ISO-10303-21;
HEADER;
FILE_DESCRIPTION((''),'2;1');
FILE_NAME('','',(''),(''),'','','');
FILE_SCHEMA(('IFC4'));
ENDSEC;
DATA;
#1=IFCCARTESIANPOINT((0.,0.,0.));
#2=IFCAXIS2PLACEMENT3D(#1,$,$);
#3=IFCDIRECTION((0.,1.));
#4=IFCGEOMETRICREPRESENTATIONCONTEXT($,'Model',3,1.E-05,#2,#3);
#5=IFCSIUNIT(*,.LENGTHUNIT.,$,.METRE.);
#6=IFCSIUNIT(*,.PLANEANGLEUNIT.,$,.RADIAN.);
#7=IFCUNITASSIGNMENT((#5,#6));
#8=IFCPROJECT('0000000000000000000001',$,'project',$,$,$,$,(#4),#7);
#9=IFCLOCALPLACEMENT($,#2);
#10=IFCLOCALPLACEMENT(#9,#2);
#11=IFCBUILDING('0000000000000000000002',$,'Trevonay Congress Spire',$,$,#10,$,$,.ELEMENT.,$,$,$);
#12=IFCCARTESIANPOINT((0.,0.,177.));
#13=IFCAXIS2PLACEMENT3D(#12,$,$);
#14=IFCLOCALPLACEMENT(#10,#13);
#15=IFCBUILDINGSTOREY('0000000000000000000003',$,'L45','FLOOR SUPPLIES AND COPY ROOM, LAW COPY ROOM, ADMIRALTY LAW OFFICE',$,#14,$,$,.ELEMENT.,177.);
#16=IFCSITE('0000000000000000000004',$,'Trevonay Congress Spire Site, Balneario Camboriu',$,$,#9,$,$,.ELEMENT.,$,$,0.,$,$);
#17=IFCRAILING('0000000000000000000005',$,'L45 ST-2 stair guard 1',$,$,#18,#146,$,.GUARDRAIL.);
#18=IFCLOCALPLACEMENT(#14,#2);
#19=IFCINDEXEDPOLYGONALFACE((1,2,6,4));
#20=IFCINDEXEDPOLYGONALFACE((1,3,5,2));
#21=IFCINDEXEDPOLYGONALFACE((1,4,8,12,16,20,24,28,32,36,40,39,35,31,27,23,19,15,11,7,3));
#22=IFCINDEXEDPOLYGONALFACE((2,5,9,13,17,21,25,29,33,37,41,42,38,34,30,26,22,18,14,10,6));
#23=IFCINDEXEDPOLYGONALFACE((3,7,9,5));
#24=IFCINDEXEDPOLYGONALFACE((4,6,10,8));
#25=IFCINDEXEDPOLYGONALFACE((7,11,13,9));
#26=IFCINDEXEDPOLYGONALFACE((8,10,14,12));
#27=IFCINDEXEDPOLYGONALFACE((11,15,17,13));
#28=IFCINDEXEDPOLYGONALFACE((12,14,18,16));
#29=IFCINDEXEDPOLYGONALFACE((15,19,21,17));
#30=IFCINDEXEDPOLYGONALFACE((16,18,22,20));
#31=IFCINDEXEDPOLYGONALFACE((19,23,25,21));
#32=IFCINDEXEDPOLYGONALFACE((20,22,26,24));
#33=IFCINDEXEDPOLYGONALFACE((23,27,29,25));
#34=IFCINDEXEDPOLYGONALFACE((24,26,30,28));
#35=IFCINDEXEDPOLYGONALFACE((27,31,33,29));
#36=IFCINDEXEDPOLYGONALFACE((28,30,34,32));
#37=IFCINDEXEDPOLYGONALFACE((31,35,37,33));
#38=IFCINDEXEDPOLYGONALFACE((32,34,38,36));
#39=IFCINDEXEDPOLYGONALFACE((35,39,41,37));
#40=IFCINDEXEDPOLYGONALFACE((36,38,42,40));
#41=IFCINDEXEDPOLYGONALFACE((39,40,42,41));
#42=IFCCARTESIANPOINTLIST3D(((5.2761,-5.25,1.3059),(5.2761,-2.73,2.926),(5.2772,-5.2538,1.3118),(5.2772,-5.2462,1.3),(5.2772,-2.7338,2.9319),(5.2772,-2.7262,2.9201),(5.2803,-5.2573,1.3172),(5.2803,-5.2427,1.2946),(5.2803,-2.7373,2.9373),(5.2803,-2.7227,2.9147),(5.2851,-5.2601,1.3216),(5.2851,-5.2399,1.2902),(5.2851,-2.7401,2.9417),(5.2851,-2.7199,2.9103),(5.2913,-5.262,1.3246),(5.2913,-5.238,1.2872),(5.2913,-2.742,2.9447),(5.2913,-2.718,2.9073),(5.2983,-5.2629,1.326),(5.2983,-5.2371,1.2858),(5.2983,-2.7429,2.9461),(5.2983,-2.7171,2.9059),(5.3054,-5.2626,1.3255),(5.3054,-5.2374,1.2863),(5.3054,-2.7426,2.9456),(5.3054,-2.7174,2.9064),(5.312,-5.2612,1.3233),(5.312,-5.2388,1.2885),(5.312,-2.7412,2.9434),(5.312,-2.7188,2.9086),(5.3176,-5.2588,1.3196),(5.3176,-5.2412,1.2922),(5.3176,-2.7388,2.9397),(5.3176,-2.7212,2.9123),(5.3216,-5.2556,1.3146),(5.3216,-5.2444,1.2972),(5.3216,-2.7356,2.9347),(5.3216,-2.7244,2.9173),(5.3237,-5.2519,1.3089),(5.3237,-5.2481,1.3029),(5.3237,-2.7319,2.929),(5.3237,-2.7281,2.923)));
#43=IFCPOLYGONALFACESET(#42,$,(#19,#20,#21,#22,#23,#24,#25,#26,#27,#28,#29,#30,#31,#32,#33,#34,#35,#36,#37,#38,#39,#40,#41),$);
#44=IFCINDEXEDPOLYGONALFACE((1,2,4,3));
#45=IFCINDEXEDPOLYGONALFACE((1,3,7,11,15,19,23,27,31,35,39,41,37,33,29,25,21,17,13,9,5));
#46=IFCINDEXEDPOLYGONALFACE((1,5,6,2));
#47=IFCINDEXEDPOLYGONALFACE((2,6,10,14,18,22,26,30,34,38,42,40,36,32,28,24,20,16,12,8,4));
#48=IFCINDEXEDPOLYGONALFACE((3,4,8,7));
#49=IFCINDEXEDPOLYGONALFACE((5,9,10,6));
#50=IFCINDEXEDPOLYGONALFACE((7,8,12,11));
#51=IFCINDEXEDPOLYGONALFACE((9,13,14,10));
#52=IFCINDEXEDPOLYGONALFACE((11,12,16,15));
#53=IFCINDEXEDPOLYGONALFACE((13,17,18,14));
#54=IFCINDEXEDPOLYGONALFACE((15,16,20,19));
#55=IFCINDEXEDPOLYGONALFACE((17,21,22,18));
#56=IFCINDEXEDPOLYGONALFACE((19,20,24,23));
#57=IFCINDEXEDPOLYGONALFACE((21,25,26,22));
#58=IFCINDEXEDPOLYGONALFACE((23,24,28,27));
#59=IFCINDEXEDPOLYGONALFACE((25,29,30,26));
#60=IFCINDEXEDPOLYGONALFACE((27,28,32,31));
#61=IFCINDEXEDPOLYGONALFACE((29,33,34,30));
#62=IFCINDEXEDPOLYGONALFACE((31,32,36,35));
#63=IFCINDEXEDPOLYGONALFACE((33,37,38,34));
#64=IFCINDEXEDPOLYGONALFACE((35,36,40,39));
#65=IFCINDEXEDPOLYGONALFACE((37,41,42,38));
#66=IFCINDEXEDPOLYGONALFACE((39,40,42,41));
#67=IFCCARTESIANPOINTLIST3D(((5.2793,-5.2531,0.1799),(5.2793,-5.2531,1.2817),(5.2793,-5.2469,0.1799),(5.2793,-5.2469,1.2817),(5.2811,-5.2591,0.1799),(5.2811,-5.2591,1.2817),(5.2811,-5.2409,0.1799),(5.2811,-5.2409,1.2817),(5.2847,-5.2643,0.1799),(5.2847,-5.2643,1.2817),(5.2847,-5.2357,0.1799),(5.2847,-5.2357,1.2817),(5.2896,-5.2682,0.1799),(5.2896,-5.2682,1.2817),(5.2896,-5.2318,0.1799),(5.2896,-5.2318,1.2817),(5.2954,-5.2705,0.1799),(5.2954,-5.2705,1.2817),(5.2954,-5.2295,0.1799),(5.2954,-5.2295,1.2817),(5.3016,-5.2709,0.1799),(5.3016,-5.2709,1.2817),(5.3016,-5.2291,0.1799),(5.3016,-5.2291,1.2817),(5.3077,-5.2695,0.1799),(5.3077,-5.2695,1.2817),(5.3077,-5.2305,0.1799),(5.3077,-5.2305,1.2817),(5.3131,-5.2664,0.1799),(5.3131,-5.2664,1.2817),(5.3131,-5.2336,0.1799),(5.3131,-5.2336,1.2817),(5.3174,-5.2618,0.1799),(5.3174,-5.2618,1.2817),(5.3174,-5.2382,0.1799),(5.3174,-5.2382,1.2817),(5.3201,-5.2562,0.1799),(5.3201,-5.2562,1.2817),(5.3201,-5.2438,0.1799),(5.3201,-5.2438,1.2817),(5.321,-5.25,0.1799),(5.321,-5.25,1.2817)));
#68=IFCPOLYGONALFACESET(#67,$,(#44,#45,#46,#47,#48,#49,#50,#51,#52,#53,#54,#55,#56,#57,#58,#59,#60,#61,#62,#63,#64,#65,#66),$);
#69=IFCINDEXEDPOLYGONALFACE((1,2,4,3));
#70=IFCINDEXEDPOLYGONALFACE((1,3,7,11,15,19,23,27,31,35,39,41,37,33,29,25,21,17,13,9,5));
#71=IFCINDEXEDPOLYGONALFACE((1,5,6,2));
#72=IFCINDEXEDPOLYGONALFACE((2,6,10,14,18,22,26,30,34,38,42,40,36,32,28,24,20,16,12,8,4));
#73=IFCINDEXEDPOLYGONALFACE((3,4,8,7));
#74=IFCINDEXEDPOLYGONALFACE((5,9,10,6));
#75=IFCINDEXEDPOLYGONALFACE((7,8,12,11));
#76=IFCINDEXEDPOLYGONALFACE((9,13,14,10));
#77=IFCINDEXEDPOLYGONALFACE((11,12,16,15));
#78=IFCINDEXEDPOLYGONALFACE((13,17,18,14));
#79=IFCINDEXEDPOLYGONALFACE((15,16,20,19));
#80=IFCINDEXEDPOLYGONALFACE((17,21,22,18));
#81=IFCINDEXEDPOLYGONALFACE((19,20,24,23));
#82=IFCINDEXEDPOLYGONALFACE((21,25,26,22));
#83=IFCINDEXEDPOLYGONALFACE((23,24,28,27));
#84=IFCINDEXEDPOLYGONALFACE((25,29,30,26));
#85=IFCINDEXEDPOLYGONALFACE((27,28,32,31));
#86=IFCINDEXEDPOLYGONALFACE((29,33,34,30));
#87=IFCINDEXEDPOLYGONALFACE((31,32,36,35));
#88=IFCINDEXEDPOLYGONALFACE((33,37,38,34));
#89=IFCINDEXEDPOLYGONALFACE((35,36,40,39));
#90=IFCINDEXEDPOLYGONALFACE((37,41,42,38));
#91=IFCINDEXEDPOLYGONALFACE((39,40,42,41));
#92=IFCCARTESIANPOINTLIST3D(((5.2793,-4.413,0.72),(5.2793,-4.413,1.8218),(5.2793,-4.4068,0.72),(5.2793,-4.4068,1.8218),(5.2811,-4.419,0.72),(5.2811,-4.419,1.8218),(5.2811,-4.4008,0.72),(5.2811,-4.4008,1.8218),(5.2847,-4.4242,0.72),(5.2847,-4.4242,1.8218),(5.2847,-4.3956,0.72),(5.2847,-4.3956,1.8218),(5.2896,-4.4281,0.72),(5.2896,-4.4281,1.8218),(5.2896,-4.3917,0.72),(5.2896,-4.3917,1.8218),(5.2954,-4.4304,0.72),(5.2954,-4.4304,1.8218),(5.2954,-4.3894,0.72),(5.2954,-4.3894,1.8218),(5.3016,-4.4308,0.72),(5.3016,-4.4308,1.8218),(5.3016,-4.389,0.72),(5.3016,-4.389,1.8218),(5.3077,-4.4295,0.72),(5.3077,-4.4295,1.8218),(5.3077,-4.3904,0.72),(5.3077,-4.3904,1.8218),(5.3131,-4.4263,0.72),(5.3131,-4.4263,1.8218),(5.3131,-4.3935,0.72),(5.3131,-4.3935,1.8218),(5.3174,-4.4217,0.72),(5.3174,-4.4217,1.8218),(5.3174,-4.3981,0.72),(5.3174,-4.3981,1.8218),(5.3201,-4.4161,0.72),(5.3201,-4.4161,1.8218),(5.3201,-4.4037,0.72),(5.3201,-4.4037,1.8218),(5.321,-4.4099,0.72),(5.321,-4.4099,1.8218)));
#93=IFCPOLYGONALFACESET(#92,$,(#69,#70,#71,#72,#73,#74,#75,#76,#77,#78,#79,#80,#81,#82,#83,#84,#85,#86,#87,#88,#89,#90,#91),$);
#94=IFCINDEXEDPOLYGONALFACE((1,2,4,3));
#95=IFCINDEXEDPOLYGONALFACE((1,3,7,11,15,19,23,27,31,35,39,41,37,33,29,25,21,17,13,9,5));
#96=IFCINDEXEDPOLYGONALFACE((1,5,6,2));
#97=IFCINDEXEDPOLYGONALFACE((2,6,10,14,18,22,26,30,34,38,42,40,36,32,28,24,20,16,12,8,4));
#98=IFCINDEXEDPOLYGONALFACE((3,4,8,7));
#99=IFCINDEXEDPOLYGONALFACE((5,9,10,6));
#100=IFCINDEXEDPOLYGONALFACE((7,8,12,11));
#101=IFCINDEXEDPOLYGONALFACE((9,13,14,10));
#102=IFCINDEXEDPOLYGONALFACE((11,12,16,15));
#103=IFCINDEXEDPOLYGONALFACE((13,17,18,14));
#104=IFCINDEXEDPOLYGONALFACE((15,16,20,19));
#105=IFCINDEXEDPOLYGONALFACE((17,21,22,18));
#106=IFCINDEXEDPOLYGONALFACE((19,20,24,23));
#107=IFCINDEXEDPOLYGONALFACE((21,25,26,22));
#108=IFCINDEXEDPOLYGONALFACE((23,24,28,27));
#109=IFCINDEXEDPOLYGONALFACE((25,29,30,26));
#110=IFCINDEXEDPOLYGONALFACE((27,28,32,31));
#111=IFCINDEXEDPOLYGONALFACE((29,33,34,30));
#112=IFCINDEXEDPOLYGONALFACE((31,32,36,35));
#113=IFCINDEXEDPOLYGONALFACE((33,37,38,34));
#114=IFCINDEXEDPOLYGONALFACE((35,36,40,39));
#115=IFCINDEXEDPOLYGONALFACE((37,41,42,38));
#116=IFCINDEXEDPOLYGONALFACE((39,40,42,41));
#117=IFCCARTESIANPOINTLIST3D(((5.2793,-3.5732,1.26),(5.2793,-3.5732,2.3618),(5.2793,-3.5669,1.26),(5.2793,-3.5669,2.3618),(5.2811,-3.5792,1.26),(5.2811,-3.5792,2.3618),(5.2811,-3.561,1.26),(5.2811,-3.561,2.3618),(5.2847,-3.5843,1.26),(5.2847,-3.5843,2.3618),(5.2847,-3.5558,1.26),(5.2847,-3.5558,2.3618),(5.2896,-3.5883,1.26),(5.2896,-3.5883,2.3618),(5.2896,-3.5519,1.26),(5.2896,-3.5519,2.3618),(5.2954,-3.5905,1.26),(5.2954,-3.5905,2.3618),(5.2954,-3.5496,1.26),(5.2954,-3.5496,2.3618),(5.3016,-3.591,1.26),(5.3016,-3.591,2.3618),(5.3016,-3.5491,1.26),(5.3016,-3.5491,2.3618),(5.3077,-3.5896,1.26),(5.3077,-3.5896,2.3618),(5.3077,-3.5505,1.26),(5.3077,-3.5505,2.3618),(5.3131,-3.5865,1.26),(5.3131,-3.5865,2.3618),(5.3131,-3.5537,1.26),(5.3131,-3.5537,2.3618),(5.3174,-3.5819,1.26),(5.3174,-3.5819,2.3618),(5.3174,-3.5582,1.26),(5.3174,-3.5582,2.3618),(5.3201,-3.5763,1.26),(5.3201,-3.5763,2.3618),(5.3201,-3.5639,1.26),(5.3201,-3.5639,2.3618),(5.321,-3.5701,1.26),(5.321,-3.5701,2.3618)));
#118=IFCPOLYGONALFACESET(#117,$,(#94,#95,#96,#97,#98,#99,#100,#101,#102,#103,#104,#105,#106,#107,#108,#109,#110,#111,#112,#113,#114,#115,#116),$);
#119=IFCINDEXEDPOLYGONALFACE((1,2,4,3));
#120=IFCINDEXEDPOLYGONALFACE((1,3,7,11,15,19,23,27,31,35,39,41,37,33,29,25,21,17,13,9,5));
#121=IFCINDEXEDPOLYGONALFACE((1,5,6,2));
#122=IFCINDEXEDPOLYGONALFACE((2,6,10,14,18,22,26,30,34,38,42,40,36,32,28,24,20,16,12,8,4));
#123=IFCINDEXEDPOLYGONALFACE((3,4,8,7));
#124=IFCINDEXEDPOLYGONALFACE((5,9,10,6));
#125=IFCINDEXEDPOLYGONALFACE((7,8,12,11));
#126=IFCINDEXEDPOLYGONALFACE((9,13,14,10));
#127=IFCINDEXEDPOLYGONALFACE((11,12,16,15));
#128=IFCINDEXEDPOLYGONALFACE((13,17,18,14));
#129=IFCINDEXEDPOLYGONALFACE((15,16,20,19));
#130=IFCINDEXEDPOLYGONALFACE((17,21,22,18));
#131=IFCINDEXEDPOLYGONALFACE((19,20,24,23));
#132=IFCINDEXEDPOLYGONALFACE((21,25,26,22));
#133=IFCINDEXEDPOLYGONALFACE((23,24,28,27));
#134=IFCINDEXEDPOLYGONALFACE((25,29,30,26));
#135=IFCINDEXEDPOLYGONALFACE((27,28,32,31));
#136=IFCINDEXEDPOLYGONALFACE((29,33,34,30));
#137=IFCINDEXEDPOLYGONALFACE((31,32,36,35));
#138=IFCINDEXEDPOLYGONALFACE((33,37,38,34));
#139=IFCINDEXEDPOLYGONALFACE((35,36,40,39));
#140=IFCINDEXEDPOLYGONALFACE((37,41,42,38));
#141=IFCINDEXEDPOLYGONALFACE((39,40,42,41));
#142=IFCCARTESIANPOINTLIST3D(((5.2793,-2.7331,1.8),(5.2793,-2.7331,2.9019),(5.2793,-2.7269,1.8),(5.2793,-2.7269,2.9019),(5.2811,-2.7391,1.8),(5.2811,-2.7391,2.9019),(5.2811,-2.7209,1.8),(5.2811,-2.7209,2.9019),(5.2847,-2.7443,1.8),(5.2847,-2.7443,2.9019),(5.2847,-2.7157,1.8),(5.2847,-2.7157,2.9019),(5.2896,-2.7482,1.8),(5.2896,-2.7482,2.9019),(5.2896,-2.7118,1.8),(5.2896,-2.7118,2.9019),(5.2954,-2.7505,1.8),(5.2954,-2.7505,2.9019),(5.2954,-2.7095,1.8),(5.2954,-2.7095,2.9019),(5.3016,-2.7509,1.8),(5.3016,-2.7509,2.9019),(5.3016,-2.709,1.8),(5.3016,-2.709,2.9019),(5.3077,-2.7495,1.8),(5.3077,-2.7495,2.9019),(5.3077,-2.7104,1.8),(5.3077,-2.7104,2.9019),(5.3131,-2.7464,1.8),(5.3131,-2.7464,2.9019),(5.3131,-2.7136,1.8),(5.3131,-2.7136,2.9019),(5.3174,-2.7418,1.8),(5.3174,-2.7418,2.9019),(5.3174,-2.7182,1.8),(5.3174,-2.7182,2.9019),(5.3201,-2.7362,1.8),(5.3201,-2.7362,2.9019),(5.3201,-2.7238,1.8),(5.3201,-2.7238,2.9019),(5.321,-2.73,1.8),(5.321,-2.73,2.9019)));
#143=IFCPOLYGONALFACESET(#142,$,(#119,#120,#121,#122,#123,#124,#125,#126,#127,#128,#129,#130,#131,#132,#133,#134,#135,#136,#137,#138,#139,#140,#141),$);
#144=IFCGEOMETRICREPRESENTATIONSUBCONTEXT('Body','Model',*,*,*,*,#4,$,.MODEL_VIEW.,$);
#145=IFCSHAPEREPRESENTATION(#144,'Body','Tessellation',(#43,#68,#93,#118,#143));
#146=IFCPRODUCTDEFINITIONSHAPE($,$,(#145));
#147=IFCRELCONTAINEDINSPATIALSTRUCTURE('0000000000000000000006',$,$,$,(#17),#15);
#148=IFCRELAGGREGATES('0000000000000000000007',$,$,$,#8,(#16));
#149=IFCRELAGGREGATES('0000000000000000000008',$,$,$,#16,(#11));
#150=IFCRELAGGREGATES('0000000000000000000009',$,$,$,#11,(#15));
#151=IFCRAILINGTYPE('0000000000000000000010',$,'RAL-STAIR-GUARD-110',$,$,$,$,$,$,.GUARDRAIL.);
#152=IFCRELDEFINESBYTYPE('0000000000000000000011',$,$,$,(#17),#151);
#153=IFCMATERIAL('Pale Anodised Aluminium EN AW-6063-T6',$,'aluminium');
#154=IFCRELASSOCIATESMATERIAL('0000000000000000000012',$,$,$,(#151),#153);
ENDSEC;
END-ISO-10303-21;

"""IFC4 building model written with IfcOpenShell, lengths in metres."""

from ifc_helpers import new_model, si_unit, direction, frame, origin, origin_2d, place, context, subcontext, project, spatial, circle, extrude, material, type_object, element, save


model = new_model("IFC4")

# Units and contexts
model_context = context("Model", 3, precision=1e-05, world=origin(), true_north=direction((0.0, 1.0)))
body_context = subcontext(model_context, "Body", "Model", "MODEL_VIEW")
ifc_project = project(units=[si_unit("LENGTHUNIT", "METRE"), si_unit("PLANEANGLEUNIT", "RADIAN")], contexts=[model_context])

# Site, building, storey
site_placement = place(None, origin())
site = spatial("IfcSite", under=ifc_project, at=site_placement, Name="Trevonay Congress Spire Site, Balneario Camboriu", CompositionType="ELEMENT", RefElevation=0.0)
building_placement = place(site_placement, origin())
building = spatial("IfcBuilding", under=site, at=building_placement, Name="Trevonay Congress Spire", CompositionType="ELEMENT")
storey_placement = place(building_placement, frame((0.0, 0.0, 177.0)))
storey = spatial("IfcBuildingStorey", under=building, at=storey_placement, Name="L45", Description="FLOOR SUPPLIES AND COPY ROOM, LAW COPY ROOM, ADMIRALTY LAW OFFICE", CompositionType="ELEMENT", Elevation=177.0)

# Shared definitions
ifc_material_1 = material(Name="Pale Anodised Aluminium EN AW-6063-T6", Category="aluminium")

# Railing
railing_type_1 = type_object("IfcRailingType", Name="RAL-STAIR-GUARD-110", PredefinedType="GUARDRAIL", material=ifc_material_1)
railing_1_placement = place(storey_placement, frame((5.3, -5.25, 0.1799)))
element("IfcRailing", 1, at=railing_1_placement, inside=storey, type_object=railing_type_1, Name="L45 ST-2 stair guard 1", PredefinedType="GUARDRAIL", context=body_context, shape_type="SweptSolid", body=[
    extrude(circle(Radius=0.0239, at=origin_2d()), frame((0.0, 0.0, 1.126), z_axis=(0.0, 0.841163, 0.540782), x_axis=(-1.0, 0.0, 0.0)), (0.0, 0.0, 1.0), 2.9958),
    extrude(circle(Radius=0.021, at=origin_2d()), origin(), (0.0, 0.0, 1.0), 1.1018),
    extrude(circle(Radius=0.021, at=origin_2d()), frame((0.0, 0.8401, 0.54)), (0.0, 0.0, 1.0), 1.1018),
    extrude(circle(Radius=0.021, at=origin_2d()), frame((0.0, 1.6799, 1.0801)), (0.0, 0.0, 1.0), 1.1018),
    extrude(circle(Radius=0.021, at=origin_2d()), frame((0.0, 2.52, 1.6201)), (0.0, 0.0, 1.0), 1.1018),
])

save(model, "model.ifc")
